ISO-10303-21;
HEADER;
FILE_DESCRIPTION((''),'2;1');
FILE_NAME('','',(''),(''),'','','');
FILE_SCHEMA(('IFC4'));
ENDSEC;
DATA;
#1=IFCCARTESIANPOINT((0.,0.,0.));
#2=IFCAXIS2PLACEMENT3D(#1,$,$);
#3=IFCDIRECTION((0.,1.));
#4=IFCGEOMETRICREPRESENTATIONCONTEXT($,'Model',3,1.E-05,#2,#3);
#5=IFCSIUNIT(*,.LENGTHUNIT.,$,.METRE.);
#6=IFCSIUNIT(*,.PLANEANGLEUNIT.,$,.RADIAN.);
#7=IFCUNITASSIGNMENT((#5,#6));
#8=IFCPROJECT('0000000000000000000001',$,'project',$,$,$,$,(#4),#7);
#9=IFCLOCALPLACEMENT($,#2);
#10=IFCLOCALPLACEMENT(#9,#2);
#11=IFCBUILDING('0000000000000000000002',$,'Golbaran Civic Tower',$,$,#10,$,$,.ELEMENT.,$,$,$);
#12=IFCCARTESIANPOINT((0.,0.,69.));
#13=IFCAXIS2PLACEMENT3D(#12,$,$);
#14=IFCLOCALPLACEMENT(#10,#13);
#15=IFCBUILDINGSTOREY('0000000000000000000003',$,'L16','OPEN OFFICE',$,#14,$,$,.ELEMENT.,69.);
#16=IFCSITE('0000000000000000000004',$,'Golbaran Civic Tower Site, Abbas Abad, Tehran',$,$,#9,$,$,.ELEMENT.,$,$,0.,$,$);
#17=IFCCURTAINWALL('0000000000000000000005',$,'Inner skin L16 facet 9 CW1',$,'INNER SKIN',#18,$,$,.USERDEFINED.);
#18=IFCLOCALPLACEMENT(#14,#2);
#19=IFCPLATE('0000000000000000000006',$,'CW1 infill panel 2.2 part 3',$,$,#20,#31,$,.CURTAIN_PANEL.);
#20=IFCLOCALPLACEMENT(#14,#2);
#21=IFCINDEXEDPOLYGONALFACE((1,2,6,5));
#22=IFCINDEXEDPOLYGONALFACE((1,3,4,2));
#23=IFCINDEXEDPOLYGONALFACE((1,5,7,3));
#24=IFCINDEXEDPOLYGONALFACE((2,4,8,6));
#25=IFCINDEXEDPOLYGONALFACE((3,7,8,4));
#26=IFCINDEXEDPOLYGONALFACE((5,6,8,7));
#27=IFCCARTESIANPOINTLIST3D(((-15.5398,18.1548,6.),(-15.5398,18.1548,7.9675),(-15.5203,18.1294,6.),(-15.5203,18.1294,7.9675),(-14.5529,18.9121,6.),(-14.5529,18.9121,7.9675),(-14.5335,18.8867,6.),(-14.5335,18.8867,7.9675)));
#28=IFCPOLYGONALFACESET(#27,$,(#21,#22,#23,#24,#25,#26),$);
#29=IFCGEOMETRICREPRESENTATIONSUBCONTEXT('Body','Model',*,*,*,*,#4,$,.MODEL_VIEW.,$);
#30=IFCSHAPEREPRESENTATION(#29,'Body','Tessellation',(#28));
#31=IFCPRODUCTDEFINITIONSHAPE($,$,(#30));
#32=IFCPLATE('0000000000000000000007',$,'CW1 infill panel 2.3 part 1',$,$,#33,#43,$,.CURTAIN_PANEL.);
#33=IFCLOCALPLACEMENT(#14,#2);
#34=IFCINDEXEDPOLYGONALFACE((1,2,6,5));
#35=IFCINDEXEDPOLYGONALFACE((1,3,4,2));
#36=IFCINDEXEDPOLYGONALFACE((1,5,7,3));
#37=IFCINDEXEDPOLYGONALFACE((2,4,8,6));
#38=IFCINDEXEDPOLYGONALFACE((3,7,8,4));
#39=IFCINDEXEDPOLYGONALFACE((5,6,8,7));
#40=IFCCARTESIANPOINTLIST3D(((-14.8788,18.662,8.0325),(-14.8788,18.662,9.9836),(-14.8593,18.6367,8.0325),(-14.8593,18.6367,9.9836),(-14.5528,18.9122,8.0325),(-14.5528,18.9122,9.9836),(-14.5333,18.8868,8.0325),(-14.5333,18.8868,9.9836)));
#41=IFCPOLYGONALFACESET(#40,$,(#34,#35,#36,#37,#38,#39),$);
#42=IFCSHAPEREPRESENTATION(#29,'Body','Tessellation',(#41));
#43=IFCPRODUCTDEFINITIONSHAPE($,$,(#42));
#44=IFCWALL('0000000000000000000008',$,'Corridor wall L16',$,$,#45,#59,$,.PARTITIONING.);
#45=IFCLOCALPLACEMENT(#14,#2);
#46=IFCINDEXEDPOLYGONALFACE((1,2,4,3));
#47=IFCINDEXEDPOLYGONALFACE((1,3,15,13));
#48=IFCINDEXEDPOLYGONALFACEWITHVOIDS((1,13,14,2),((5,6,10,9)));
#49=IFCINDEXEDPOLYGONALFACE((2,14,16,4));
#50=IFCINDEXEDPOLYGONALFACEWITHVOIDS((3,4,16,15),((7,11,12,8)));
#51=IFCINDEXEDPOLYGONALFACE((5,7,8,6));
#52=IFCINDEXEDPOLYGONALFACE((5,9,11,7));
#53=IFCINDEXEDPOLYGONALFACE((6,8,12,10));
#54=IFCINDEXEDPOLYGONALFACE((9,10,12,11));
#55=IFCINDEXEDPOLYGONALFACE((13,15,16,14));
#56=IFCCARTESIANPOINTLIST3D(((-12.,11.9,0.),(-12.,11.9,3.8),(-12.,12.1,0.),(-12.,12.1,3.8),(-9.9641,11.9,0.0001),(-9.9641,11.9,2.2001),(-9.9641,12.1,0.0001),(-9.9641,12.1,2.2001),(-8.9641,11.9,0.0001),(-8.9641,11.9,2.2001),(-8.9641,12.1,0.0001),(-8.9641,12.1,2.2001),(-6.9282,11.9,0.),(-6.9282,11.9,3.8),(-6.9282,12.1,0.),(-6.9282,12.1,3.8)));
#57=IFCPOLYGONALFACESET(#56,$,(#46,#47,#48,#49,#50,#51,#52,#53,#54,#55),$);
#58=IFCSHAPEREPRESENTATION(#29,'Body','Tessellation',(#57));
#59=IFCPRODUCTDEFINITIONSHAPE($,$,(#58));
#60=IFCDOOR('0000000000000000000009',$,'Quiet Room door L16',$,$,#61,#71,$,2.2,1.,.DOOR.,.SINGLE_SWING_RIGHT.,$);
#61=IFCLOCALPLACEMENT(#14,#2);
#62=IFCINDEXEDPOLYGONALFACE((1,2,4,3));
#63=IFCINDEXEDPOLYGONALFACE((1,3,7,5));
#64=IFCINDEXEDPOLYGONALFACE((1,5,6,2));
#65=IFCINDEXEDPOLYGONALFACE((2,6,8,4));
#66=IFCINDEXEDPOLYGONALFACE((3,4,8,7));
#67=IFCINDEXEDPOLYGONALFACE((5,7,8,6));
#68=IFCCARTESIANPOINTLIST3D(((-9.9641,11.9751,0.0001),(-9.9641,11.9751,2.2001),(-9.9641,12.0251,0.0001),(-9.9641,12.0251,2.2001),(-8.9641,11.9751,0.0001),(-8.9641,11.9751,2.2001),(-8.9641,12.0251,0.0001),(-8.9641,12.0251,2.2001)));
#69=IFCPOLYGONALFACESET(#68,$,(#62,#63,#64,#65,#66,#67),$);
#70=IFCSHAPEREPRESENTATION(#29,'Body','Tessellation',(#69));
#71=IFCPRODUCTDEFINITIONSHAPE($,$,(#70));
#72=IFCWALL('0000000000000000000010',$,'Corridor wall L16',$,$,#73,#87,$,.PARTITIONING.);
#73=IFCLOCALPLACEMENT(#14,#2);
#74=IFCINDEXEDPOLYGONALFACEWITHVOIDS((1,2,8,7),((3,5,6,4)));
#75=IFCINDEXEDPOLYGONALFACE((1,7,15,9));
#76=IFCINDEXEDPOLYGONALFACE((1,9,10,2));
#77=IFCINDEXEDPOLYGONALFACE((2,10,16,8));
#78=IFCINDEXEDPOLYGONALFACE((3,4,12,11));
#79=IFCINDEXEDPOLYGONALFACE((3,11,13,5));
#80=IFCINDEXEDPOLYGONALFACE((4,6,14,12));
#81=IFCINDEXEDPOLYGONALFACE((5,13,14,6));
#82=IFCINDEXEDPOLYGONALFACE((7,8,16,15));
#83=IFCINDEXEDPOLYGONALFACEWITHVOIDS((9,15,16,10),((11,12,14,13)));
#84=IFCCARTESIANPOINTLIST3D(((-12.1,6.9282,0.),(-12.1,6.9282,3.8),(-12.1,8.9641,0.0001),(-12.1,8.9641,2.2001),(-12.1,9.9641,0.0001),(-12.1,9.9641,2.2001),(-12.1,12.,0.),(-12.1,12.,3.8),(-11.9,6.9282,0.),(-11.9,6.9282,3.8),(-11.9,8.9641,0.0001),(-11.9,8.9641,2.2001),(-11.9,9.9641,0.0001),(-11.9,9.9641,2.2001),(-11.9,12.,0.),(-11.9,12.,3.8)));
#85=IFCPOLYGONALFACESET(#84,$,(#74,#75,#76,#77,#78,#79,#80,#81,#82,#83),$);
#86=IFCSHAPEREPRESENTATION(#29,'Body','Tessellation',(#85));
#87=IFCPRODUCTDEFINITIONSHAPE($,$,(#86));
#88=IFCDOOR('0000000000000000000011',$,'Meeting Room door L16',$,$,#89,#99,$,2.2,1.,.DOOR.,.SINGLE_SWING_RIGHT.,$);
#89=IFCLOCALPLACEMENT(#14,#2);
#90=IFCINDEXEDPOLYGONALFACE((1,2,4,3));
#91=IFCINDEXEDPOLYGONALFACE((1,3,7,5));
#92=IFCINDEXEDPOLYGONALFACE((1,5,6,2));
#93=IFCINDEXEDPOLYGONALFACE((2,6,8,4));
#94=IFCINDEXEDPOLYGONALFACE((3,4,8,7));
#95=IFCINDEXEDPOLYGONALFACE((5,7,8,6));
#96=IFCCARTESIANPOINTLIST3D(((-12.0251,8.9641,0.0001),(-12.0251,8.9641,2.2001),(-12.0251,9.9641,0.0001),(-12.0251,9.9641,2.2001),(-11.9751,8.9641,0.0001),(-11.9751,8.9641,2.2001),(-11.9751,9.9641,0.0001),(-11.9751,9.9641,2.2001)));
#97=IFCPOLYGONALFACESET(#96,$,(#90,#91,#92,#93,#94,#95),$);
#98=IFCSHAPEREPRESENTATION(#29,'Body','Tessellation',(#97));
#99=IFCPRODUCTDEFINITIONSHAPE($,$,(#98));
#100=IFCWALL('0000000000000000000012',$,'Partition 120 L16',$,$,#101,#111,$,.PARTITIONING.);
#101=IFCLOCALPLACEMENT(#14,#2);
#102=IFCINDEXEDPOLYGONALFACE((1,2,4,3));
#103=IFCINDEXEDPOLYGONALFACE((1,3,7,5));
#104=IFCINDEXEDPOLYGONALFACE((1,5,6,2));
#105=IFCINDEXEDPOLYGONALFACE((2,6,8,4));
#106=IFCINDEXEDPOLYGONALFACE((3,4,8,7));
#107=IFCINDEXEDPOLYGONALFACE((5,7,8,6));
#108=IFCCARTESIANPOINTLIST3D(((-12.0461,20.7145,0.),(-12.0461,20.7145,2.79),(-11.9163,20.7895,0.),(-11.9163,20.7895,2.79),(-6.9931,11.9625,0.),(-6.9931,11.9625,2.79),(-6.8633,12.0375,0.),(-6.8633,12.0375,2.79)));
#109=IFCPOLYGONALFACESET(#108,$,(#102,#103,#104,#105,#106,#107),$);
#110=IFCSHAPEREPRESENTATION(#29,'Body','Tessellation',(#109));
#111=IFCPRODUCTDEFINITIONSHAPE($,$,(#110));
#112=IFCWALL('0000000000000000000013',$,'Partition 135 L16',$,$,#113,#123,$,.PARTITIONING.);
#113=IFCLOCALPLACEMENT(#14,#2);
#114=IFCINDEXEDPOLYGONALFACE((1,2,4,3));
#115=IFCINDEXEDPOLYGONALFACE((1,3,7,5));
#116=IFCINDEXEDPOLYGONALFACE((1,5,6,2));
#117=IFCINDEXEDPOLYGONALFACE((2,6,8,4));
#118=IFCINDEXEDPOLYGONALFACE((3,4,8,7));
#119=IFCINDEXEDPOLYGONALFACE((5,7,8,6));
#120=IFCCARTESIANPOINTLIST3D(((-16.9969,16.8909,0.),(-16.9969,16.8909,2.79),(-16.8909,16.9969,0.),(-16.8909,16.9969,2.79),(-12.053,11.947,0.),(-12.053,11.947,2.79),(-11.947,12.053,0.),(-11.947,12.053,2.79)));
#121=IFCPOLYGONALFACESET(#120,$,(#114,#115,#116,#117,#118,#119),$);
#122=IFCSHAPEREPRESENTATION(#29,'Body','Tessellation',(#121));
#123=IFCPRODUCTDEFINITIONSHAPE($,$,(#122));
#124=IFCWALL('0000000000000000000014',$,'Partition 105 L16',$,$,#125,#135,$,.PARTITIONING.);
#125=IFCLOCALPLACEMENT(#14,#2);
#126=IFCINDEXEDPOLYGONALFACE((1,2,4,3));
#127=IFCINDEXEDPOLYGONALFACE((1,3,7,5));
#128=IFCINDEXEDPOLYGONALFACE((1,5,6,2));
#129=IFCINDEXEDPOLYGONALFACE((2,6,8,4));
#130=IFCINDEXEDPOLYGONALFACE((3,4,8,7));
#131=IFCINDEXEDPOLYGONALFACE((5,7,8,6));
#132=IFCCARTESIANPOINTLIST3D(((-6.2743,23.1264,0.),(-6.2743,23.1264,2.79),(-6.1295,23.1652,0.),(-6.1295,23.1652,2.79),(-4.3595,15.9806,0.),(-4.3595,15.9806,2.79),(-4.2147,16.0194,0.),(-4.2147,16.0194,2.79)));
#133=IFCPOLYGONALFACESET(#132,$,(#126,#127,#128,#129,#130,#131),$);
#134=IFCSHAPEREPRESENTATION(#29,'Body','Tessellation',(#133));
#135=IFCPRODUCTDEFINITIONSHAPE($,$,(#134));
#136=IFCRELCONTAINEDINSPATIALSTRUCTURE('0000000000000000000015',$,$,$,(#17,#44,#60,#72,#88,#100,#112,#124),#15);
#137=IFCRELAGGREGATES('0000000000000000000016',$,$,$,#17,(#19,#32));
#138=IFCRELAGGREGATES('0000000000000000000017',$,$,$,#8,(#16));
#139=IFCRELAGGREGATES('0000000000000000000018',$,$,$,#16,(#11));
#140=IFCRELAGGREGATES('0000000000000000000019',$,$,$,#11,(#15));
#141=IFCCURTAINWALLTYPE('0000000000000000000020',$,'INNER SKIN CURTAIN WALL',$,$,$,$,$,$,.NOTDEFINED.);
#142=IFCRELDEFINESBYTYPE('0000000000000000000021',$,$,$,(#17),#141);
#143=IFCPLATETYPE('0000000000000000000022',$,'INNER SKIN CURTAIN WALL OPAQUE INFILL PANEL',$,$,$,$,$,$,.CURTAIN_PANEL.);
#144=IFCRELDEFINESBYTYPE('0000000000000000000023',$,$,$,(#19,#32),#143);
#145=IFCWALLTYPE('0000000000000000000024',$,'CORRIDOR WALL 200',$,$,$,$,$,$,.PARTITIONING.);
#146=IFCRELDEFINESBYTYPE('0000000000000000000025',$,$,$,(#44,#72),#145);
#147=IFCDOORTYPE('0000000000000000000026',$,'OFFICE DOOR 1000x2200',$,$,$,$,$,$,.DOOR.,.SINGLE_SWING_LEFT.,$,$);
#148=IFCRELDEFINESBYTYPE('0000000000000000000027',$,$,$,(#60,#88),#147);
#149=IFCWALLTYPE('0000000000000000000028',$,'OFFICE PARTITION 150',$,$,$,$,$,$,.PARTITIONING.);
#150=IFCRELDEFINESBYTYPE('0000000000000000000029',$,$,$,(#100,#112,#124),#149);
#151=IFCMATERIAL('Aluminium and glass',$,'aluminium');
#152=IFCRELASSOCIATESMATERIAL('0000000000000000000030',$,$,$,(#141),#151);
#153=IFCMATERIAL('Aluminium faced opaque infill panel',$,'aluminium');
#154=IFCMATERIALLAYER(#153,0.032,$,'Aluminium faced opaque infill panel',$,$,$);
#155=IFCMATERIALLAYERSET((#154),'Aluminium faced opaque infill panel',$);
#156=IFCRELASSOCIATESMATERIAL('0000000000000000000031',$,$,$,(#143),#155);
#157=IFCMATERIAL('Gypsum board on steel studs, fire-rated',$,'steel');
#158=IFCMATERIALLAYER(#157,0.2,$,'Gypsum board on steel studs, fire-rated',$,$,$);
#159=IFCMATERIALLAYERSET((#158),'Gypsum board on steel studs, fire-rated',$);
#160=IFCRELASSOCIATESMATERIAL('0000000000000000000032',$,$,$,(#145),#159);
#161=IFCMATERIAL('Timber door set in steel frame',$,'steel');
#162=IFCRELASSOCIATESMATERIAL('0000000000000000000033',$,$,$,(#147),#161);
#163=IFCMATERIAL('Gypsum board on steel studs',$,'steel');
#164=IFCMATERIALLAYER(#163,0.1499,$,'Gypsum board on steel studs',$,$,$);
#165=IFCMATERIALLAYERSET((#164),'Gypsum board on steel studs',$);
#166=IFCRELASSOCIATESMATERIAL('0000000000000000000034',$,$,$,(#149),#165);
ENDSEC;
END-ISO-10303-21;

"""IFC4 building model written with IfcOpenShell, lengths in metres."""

from ifc_helpers import new_model, si_unit, direction, frame, frame_2d, origin, origin_2d, place, context, subcontext, project, spatial, rectangle, extrude, material, layer, layer_set, type_object, element, fill, aggregate, save


model = new_model("IFC4")

# Units and contexts
model_context = context("Model", 3, precision=1e-05, world=origin(), true_north=direction((0.0, 1.0)))
body_context = subcontext(model_context, "Body", "Model", "MODEL_VIEW")
ifc_project = project(units=[si_unit("LENGTHUNIT", "METRE"), si_unit("PLANEANGLEUNIT", "RADIAN")], contexts=[model_context])

# Site, building, storey
site_placement = place(None, origin())
site = spatial("IfcSite", under=ifc_project, at=site_placement, Name="Golbaran Civic Tower Site, Abbas Abad, Tehran", CompositionType="ELEMENT", RefElevation=0.0)
building_placement = place(site_placement, origin())
building = spatial("IfcBuilding", under=site, at=building_placement, Name="Golbaran Civic Tower", CompositionType="ELEMENT")
storey_placement = place(building_placement, frame((0.0, 0.0, 69.0)))
storey = spatial("IfcBuildingStorey", under=building, at=storey_placement, Name="L16", Description="OPEN OFFICE", CompositionType="ELEMENT", Elevation=69.0)

# Curtain wall
ifc_material_1 = material(Name="Aluminium and glass", Category="aluminium")
curtain_wall_type = type_object("IfcCurtainWallType", Name="INNER SKIN CURTAIN WALL", PredefinedType="NOTDEFINED", material=ifc_material_1)
curtain_wall_placement = place(storey_placement, origin())
curtain_wall = element("IfcCurtainWall", 1, at=curtain_wall_placement, inside=storey, type_object=curtain_wall_type, Name="Inner skin L16 facet 9 CW1", ObjectType="INNER SKIN", PredefinedType="USERDEFINED")

# Plates
ifc_material_2 = material(Name="Aluminium faced opaque infill panel", Category="aluminium")
ifc_layer_1 = layer(ifc_material_2, 0.032, Name="Aluminium faced opaque infill panel")
ifc_layer_set_1 = layer_set([ifc_layer_1], Name="Aluminium faced opaque infill panel")
plate_type_1 = type_object("IfcPlateType", Name="INNER SKIN CURTAIN WALL OPAQUE INFILL PANEL", PredefinedType="CURTAIN_PANEL", material=ifc_layer_set_1)
plate_1_placement = place(storey_placement, frame((-15.0366, 18.5208, 6.0), z_axis=(0.0, 0.0, 1.0), x_axis=(-0.793353, -0.608761, 0.0)))
plate_1 = element("IfcPlate", 2, at=plate_1_placement, type_object=plate_type_1, Name="CW1 infill panel 2.2 part 3", PredefinedType="CURTAIN_PANEL", context=body_context, shape_type="SweptSolid", body=[
    extrude(rectangle(XDim=1.2439, YDim=0.032, at=origin_2d()), origin(), (0.0, 0.0, 1.0), 1.9675),
])
plate_2_placement = place(storey_placement, frame((-14.7061, 18.7744, 8.0325), z_axis=(0.0, 0.0, 1.0), x_axis=(-0.793353, -0.608761, 0.0)))
plate_2 = element("IfcPlate", 3, at=plate_2_placement, type_object=plate_type_1, Name="CW1 infill panel 2.3 part 1", PredefinedType="CURTAIN_PANEL", context=body_context, shape_type="SweptSolid", body=[
    extrude(rectangle(XDim=0.4109, YDim=0.032, at=origin_2d()), origin(), (0.0, 0.0, 1.0), 1.9512),
])
aggregate(curtain_wall, [plate_1, plate_2])

# Walls, openings, doors
ifc_material_3 = material(Name="Gypsum board on steel studs, fire-rated", Category="steel")
ifc_layer_2 = layer(ifc_material_3, 0.2, Name="Gypsum board on steel studs, fire-rated")
ifc_layer_set_2 = layer_set([ifc_layer_2], Name="Gypsum board on steel studs, fire-rated")
wall_type_1 = type_object("IfcWallType", Name="CORRIDOR WALL 200", PredefinedType="PARTITIONING", material=ifc_layer_set_2)
wall_1_placement = place(storey_placement, frame((-6.9282, 12.0, 0.0), z_axis=(0.0, 0.0, 1.0), x_axis=(-1.0, 0.0, 0.0)))
wall_1 = element("IfcWall", 4, at=wall_1_placement, inside=storey, type_object=wall_type_1, Name="Corridor wall L16", PredefinedType="PARTITIONING", context=body_context, shape_type="SweptSolid", body=[
    extrude(rectangle(XDim=5.0718, YDim=0.2, at=frame_2d((2.5359, 0.0))), origin(), (0.0, 0.0, 1.0), 3.8),
])
opening_1_placement = place(wall_1_placement, frame((2.0359, 0.0, 0.0)))
opening_1 = element("IfcOpeningElement", 5, at=opening_1_placement, cuts=wall_1, PredefinedType="OPENING", context=body_context, shape_type="SweptSolid", body=[
    extrude(rectangle(XDim=1.0, YDim=2.2, at=frame_2d((0.5, 1.1001))), frame((0.0, 0.1099, 0.0), z_axis=(0.0, -1.0, 0.0), x_axis=(1.0, 0.0, 0.0)), (0.0, 0.0, 1.0), 0.22),
])
ifc_material_4 = material(Name="Timber door set in steel frame", Category="steel")
door_type = type_object("IfcDoorType", Name="OFFICE DOOR 1000x2200", OperationType="SINGLE_SWING_LEFT", PredefinedType="DOOR", material=ifc_material_4)
door_1_placement = place(opening_1_placement, origin())
door_1 = element("IfcDoor", 6, at=door_1_placement, inside=storey, type_object=door_type, Name="Quiet Room door L16", OperationType="SINGLE_SWING_RIGHT", OverallHeight=2.2, OverallWidth=1.0, PredefinedType="DOOR", context=body_context, shape_type="SweptSolid", body=[
    extrude(rectangle(XDim=1.0, YDim=2.2, at=frame_2d((0.5, 1.1001))), frame((0.0, 0.0249, 0.0), z_axis=(0.0, -1.0, 0.0), x_axis=(1.0, 0.0, 0.0)), (0.0, 0.0, 1.0), 0.05),
])
fill(opening_1, door_1)
wall_2_placement = place(storey_placement, frame((-12.0, 12.0, 0.0), z_axis=(0.0, 0.0, 1.0), x_axis=(0.0, -1.0, 0.0)))
wall_2 = element("IfcWall", 7, at=wall_2_placement, inside=storey, type_object=wall_type_1, Name="Corridor wall L16", PredefinedType="PARTITIONING", context=body_context, shape_type="SweptSolid", body=[
    extrude(rectangle(XDim=5.0718, YDim=0.2, at=frame_2d((2.5359, 0.0))), origin(), (0.0, 0.0, 1.0), 3.8),
])
opening_2_placement = place(wall_2_placement, frame((2.0359, 0.0, 0.0)))
opening_2 = element("IfcOpeningElement", 8, at=opening_2_placement, cuts=wall_2, PredefinedType="OPENING", context=body_context, shape_type="SweptSolid", body=[
    extrude(rectangle(XDim=1.0, YDim=2.2, at=frame_2d((0.5, 1.1001))), frame((0.0, 0.1099, 0.0), z_axis=(0.0, -1.0, 0.0), x_axis=(1.0, 0.0, 0.0)), (0.0, 0.0, 1.0), 0.22),
])
door_2_placement = place(opening_2_placement, origin())
door_2 = element("IfcDoor", 9, at=door_2_placement, inside=storey, type_object=door_type, Name="Meeting Room door L16", OperationType="SINGLE_SWING_RIGHT", OverallHeight=2.2, OverallWidth=1.0, PredefinedType="DOOR", context=body_context, shape_type="SweptSolid", body=[
    extrude(rectangle(XDim=1.0, YDim=2.2, at=frame_2d((0.5, 1.1001))), frame((0.0, 0.0249, 0.0), z_axis=(0.0, -1.0, 0.0), x_axis=(1.0, 0.0, 0.0)), (0.0, 0.0, 1.0), 0.05),
])
fill(opening_2, door_2)

# Walls
ifc_material_5 = material(Name="Gypsum board on steel studs", Category="steel")
ifc_layer_3 = layer(ifc_material_5, 0.1499, Name="Gypsum board on steel studs")
ifc_layer_set_3 = layer_set([ifc_layer_3], Name="Gypsum board on steel studs")
wall_type_2 = type_object("IfcWallType", Name="OFFICE PARTITION 150", PredefinedType="PARTITIONING", material=ifc_layer_set_3)
wall_3_placement = place(storey_placement, frame((-6.9282, 12.0, 0.0), z_axis=(0.0, 0.0, 1.0), x_axis=(-0.500003, 0.866024, 0.0)))
element("IfcWall", 10, at=wall_3_placement, inside=storey, type_object=wall_type_2, Name="Partition 120 L16", PredefinedType="PARTITIONING", context=body_context, shape_type="SweptSolid", body=[
    extrude(rectangle(XDim=10.106, YDim=0.1499, at=frame_2d((5.053, 0.0))), origin(), (0.0, 0.0, 1.0), 2.79),
])
wall_4_placement = place(storey_placement, frame((-12.0, 12.0, 0.0), z_axis=(0.0, 0.0, 1.0), x_axis=(-0.707107, 0.707107, 0.0)))
element("IfcWall", 11, at=wall_4_placement, inside=storey, type_object=wall_type_2, Name="Partition 135 L16", PredefinedType="PARTITIONING", context=body_context, shape_type="SweptSolid", body=[
    extrude(rectangle(XDim=6.9917, YDim=0.1499, at=frame_2d((3.4958, 0.0))), origin(), (0.0, 0.0, 1.0), 2.79),
])
wall_5_placement = place(storey_placement, frame((-4.2871, 16.0, 0.0), z_axis=(0.0, 0.0, 1.0), x_axis=(-0.258831, 0.965923, 0.0)))
element("IfcWall", 12, at=wall_5_placement, inside=storey, type_object=wall_type_2, Name="Partition 105 L16", PredefinedType="PARTITIONING", context=body_context, shape_type="SweptSolid", body=[
    extrude(rectangle(XDim=7.3979, YDim=0.1499, at=frame_2d((3.699, 0.0))), origin(), (0.0, 0.0, 1.0), 2.79),
])

save(model, "model.ifc")
